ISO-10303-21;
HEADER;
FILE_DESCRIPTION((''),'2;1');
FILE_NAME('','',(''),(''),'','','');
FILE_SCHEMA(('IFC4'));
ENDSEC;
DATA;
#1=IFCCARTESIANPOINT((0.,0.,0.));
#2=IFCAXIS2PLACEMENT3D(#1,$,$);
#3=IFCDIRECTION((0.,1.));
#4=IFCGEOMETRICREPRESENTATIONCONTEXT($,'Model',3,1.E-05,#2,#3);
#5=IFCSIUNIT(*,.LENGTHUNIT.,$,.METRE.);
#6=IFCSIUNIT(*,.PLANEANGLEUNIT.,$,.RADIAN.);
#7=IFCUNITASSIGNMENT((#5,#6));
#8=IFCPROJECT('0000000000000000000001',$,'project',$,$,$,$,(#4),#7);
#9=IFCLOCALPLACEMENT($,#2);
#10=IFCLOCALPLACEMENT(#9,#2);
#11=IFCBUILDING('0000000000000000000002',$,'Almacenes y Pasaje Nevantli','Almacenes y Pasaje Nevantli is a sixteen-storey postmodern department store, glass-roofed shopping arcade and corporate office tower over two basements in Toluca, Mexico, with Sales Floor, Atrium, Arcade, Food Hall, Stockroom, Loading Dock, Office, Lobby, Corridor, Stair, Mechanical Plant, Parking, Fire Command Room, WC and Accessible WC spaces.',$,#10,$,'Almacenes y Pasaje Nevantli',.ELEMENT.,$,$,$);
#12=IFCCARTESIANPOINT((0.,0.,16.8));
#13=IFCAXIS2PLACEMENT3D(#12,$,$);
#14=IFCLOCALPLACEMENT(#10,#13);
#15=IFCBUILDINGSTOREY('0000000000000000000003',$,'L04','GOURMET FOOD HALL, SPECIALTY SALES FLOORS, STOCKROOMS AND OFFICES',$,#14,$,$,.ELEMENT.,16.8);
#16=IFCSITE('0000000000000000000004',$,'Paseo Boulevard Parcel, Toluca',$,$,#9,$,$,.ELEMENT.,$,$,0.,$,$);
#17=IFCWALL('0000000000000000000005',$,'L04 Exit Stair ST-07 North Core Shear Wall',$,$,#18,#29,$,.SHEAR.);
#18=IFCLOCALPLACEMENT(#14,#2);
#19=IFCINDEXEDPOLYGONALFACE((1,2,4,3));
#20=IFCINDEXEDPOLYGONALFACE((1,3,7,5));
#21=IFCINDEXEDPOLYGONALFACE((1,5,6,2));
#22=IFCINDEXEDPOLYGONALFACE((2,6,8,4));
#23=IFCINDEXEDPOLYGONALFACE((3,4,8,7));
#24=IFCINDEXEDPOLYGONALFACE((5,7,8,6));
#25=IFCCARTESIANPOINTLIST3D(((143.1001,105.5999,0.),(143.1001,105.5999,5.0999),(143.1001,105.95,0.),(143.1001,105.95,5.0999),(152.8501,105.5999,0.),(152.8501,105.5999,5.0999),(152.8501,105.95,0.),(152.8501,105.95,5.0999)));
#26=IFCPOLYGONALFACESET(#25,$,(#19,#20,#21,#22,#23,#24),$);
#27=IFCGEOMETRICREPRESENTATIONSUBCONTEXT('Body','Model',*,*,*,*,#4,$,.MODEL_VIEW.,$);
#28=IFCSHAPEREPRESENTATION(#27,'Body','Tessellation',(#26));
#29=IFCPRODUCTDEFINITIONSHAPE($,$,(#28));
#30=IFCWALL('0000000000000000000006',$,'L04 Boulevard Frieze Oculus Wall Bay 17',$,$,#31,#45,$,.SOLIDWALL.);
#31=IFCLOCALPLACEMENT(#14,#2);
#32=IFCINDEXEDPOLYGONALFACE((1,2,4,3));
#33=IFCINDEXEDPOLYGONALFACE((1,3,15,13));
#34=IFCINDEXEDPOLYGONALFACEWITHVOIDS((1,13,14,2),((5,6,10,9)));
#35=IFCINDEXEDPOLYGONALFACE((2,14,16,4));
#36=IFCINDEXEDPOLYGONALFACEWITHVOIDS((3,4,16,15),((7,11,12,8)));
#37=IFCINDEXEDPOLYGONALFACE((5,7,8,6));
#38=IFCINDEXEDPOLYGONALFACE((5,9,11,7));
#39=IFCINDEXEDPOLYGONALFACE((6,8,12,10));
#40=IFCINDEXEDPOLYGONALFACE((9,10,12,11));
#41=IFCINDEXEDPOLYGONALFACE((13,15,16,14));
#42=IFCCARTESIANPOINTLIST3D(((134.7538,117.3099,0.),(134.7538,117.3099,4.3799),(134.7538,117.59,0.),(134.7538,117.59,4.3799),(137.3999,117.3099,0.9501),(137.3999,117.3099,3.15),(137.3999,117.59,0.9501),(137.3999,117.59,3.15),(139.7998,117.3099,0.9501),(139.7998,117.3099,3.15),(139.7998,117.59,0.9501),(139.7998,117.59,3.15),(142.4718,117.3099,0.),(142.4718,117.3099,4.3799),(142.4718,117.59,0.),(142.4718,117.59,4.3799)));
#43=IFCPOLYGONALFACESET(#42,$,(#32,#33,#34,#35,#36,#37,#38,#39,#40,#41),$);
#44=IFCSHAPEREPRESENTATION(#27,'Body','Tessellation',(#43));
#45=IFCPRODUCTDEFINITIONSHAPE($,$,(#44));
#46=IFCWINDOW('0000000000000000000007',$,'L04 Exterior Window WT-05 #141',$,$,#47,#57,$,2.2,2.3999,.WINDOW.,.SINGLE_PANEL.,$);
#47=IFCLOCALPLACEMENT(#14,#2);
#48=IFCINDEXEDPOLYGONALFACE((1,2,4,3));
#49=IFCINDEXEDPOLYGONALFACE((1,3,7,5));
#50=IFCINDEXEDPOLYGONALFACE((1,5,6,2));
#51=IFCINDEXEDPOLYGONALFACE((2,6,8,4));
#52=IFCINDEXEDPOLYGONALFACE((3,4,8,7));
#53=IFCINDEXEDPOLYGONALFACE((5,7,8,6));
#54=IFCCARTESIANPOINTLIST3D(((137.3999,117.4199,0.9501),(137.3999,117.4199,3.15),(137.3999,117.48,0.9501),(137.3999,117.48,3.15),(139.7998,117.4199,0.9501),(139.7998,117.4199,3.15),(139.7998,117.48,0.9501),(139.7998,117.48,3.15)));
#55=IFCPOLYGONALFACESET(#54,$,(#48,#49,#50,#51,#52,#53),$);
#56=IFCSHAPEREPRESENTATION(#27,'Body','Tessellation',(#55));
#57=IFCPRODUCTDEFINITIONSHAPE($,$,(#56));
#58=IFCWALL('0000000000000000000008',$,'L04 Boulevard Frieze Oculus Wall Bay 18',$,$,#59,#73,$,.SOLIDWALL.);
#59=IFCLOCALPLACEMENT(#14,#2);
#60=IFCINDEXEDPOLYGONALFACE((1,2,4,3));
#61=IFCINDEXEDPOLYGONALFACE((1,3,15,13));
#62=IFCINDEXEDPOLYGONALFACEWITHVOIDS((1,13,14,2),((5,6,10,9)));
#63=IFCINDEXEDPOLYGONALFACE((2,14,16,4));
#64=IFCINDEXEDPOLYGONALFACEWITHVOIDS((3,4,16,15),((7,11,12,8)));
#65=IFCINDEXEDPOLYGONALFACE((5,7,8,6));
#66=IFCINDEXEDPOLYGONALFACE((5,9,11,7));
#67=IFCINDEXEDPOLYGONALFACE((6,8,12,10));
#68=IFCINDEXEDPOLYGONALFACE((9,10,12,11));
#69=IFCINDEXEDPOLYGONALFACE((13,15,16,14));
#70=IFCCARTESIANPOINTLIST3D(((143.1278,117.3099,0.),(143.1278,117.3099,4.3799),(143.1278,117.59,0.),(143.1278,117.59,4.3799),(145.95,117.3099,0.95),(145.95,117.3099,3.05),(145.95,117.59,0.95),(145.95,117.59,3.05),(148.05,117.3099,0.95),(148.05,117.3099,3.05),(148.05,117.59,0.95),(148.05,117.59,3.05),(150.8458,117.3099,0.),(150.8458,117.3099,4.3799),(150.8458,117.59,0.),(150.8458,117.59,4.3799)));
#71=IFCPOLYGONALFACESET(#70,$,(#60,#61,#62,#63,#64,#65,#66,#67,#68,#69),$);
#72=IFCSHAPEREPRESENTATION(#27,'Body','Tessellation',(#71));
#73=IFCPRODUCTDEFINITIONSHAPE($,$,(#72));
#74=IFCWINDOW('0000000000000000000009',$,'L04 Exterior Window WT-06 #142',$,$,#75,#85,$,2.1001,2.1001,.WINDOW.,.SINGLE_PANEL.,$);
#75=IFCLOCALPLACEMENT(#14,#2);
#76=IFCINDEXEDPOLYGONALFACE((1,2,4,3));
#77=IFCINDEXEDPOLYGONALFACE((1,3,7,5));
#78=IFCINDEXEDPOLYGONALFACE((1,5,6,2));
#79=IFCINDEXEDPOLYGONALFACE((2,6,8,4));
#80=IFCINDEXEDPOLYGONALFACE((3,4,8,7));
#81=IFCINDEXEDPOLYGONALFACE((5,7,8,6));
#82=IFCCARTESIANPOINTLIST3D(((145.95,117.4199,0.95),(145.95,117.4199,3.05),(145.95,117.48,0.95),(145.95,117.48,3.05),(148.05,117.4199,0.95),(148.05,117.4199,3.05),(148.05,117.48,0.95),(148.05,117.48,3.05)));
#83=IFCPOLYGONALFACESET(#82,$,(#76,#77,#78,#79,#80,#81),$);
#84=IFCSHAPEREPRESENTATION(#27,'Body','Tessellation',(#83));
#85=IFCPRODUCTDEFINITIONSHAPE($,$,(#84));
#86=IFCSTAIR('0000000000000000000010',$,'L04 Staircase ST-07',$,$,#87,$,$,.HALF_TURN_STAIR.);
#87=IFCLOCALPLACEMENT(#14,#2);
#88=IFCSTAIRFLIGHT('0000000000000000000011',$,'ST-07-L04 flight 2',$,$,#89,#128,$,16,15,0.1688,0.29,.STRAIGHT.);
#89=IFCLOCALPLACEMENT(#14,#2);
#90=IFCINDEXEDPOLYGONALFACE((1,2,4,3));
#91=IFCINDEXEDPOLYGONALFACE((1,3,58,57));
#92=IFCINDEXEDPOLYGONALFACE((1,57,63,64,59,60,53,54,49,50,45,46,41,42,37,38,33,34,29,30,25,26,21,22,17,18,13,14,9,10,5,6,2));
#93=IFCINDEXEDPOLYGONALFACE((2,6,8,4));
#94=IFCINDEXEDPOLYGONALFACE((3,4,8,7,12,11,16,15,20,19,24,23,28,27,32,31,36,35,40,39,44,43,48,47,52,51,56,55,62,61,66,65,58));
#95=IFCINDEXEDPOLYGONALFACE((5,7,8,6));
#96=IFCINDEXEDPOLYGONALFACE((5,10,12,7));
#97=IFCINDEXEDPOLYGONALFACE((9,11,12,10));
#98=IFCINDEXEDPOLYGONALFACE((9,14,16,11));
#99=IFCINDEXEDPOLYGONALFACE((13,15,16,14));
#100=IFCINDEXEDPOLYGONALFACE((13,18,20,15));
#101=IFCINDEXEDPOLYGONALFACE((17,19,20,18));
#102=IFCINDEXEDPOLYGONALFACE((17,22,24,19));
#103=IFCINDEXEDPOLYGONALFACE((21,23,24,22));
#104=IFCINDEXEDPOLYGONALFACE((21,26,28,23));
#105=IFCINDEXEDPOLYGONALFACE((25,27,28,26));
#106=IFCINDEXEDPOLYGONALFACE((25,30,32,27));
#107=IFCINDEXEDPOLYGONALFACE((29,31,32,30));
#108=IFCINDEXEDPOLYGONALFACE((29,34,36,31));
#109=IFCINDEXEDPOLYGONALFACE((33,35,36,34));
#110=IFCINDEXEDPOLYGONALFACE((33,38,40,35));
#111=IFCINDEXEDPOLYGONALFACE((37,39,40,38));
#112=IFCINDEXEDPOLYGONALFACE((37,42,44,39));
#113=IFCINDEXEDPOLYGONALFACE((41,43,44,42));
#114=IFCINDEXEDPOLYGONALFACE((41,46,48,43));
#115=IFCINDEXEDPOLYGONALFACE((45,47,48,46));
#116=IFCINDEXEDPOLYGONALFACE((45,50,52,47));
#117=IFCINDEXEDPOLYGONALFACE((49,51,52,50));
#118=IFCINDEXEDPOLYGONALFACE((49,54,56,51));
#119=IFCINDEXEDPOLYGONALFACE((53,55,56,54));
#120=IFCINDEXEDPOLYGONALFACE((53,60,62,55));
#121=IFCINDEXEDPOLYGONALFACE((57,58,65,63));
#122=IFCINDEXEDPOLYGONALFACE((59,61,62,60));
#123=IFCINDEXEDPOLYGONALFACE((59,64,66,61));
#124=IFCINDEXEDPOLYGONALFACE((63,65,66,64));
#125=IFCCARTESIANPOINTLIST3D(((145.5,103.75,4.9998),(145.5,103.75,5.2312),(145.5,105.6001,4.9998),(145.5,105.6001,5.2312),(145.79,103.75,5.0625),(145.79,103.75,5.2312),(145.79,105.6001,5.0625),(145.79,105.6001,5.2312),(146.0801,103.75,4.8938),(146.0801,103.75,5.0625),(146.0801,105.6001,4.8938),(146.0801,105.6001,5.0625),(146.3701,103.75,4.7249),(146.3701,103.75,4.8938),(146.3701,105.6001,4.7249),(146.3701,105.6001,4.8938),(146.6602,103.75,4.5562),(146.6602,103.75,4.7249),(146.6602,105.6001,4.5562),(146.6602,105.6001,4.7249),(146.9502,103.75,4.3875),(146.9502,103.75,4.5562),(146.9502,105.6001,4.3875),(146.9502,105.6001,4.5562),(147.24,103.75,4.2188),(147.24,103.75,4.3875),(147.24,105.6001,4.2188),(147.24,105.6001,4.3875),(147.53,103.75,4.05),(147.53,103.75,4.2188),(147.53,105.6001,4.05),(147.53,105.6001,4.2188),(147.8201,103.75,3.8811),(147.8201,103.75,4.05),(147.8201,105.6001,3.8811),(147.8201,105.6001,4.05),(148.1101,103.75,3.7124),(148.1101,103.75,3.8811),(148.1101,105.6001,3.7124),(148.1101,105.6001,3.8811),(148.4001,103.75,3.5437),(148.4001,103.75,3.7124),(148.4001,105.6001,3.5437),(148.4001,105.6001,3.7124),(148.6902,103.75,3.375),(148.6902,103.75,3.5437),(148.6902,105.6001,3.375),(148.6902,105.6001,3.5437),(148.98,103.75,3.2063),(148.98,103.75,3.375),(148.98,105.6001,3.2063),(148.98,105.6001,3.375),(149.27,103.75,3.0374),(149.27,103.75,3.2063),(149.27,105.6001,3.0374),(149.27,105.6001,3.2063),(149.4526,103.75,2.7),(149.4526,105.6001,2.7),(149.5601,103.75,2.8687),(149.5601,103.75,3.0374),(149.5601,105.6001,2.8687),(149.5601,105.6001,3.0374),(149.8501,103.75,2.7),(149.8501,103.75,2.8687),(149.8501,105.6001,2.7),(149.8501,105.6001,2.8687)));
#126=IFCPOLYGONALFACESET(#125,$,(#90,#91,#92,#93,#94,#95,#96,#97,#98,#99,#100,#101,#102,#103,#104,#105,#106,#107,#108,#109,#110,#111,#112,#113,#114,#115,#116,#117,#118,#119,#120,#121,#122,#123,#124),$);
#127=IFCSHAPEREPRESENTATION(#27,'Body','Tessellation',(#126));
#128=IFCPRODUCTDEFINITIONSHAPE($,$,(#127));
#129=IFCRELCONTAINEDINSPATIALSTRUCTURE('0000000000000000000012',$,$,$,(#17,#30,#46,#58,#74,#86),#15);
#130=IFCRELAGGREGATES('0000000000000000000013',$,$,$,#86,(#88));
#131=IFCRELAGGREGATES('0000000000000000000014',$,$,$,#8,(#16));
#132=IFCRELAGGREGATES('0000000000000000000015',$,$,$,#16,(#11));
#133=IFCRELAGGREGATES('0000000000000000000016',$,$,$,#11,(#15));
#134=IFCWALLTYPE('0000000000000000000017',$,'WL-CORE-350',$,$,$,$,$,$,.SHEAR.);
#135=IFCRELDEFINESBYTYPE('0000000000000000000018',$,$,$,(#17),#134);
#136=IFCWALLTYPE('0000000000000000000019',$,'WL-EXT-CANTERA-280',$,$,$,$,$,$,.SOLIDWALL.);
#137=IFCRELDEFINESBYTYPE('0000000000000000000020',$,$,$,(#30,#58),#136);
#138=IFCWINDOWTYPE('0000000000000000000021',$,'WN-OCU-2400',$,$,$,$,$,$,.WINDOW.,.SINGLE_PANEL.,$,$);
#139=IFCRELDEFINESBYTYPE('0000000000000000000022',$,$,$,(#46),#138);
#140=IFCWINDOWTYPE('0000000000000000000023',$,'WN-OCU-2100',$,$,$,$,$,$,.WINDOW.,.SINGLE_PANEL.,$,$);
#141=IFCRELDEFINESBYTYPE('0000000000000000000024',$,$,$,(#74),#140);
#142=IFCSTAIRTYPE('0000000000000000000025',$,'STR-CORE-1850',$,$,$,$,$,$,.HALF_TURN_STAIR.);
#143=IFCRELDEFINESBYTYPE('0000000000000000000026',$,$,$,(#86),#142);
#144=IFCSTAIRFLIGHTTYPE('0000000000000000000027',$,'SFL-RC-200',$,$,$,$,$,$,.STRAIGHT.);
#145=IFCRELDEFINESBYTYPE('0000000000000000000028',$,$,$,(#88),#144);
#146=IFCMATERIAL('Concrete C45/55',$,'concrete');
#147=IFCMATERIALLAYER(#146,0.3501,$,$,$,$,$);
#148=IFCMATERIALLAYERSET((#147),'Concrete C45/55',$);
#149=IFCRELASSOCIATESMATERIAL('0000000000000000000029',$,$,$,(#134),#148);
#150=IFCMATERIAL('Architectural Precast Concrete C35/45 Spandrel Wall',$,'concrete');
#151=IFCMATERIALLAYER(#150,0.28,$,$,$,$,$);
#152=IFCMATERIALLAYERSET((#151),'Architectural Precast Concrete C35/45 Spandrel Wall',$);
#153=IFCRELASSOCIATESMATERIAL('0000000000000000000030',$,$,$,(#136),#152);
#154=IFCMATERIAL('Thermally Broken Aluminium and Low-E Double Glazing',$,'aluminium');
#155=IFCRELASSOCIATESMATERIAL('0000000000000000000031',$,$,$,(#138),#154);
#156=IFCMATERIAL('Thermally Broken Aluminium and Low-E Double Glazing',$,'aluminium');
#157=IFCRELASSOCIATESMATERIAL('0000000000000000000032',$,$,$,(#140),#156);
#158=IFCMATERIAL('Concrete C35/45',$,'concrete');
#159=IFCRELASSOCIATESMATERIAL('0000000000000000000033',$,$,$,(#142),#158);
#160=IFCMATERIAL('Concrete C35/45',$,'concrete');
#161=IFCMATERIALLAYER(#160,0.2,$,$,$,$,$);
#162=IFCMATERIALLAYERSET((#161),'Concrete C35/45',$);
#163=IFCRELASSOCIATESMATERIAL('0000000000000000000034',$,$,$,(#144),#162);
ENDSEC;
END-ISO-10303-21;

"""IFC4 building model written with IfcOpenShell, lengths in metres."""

from ifc_helpers import new_model, si_unit, direction, frame, frame_2d, origin, place, context, subcontext, project, spatial, polyline, rectangle, outline, extrude, material, layer, layer_set, type_object, element, fill, aggregate, save


model = new_model("IFC4")

# Units and contexts
model_context = context("Model", 3, precision=1e-05, world=origin(), true_north=direction((0.0, 1.0)))
body_context = subcontext(model_context, "Body", "Model", "MODEL_VIEW")
ifc_project = project(units=[si_unit("LENGTHUNIT", "METRE"), si_unit("PLANEANGLEUNIT", "RADIAN")], contexts=[model_context])

# Site, building, storey
site_placement = place(None, origin())
site = spatial("IfcSite", under=ifc_project, at=site_placement, Name="Paseo Boulevard Parcel, Toluca", CompositionType="ELEMENT", RefElevation=0.0)
building_placement = place(site_placement, origin())
building = spatial("IfcBuilding", under=site, at=building_placement, Name="Almacenes y Pasaje Nevantli", Description="Almacenes y Pasaje Nevantli is a sixteen-storey postmodern department store, glass-roofed shopping arcade and corporate office tower over two basements in Toluca, Mexico, with Sales Floor, Atrium, Arcade, Food Hall, Stockroom, Loading Dock, Office, Lobby, Corridor, Stair, Mechanical Plant, Parking, Fire Command Room, WC and Accessible WC spaces.", LongName="Almacenes y Pasaje Nevantli", CompositionType="ELEMENT")
storey_placement = place(building_placement, frame((0.0, 0.0, 16.8)))
storey = spatial("IfcBuildingStorey", under=building, at=storey_placement, Name="L04", Description="GOURMET FOOD HALL, SPECIALTY SALES FLOORS, STOCKROOMS AND OFFICES", CompositionType="ELEMENT", Elevation=16.8)

# Wall
ifc_material_1 = material(Name="Concrete C45/55", Category="concrete")
ifc_layer_1 = layer(ifc_material_1, 0.3501)
ifc_layer_set_1 = layer_set([ifc_layer_1], Name="Concrete C45/55")
wall_type_1 = type_object("IfcWallType", Name="WL-CORE-350", PredefinedType="SHEAR", material=ifc_layer_set_1)
wall_1_placement = place(storey_placement, frame((143.1001, 105.7749, 0.0), z_axis=(0.0, 0.0, 1.0), x_axis=(1.0, 0.0, 0.0)))
element("IfcWall", 1, at=wall_1_placement, inside=storey, type_object=wall_type_1, Name="L04 Exit Stair ST-07 North Core Shear Wall", PredefinedType="SHEAR", context=body_context, shape_type="SweptSolid", body=[
    extrude(rectangle(XDim=9.75, YDim=0.3501, at=frame_2d((4.875, 0.0))), origin(), (0.0, 0.0, 1.0), 5.0999),
])

# Walls, openings, windows
ifc_material_2 = material(Name="Architectural Precast Concrete C35/45 Spandrel Wall", Category="concrete")
ifc_layer_2 = layer(ifc_material_2, 0.28)
ifc_layer_set_2 = layer_set([ifc_layer_2], Name="Architectural Precast Concrete C35/45 Spandrel Wall")
wall_type_2 = type_object("IfcWallType", Name="WL-EXT-CANTERA-280", PredefinedType="SOLIDWALL", material=ifc_layer_set_2)
wall_2_placement = place(storey_placement, frame((134.7539, 117.45, 0.0), z_axis=(0.0, 0.0, 1.0), x_axis=(1.0, 0.0, 0.0)))
wall_2 = element("IfcWall", 2, at=wall_2_placement, inside=storey, type_object=wall_type_2, Name="L04 Boulevard Frieze Oculus Wall Bay 17", PredefinedType="SOLIDWALL", context=body_context, shape_type="SweptSolid", body=[
    extrude(rectangle(XDim=7.718, YDim=0.28, at=frame_2d((3.8589, 0.0))), origin(), (0.0, 0.0, 1.0), 4.3799),
])
opening_1_placement = place(wall_2_placement, frame((2.646, 0.0, 0.95)))
opening_1 = element("IfcOpeningElement", 3, at=opening_1_placement, cuts=wall_2, PredefinedType="OPENING", context=body_context, shape_type="SweptSolid", body=[
    extrude(rectangle(XDim=2.3999, YDim=2.2, at=frame_2d((1.2, 1.1001))), frame((0.0, 0.1499, 0.0), z_axis=(0.0, -1.0, 0.0), x_axis=(1.0, 0.0, 0.0)), (0.0, 0.0, 1.0), 0.3),
])
ifc_material_3 = material(Name="Thermally Broken Aluminium and Low-E Double Glazing", Category="aluminium")
window_type_1 = type_object("IfcWindowType", Name="WN-OCU-2400", PartitioningType="SINGLE_PANEL", PredefinedType="WINDOW", material=ifc_material_3)
window_1_placement = place(opening_1_placement, origin())
window_1 = element("IfcWindow", 4, at=window_1_placement, inside=storey, type_object=window_type_1, Name="L04 Exterior Window WT-05 #141", OverallHeight=2.2, OverallWidth=2.3999, PartitioningType="SINGLE_PANEL", PredefinedType="WINDOW", context=body_context, shape_type="SweptSolid", body=[
    extrude(rectangle(XDim=2.3999, YDim=2.2, at=frame_2d((1.2, 1.1001))), frame((0.0, 0.03, 0.0), z_axis=(0.0, -1.0, 0.0), x_axis=(1.0, 0.0, 0.0)), (0.0, 0.0, 1.0), 0.0601),
])
fill(opening_1, window_1)
wall_3_placement = place(storey_placement, frame((143.1279, 117.45, 0.0), z_axis=(0.0, 0.0, 1.0), x_axis=(1.0, 0.0, 0.0)))
wall_3 = element("IfcWall", 5, at=wall_3_placement, inside=storey, type_object=wall_type_2, Name="L04 Boulevard Frieze Oculus Wall Bay 18", PredefinedType="SOLIDWALL", context=body_context, shape_type="SweptSolid", body=[
    extrude(rectangle(XDim=7.718, YDim=0.28, at=frame_2d((3.8589, 0.0))), origin(), (0.0, 0.0, 1.0), 4.3799),
])
opening_2_placement = place(wall_3_placement, frame((2.822, 0.0, 0.95)))
opening_2 = element("IfcOpeningElement", 6, at=opening_2_placement, cuts=wall_3, PredefinedType="OPENING", context=body_context, shape_type="SweptSolid", body=[
    extrude(rectangle(XDim=2.1001, YDim=2.1001, at=frame_2d((1.05, 1.05))), frame((0.0, 0.1499, 0.0), z_axis=(0.0, -1.0, 0.0), x_axis=(1.0, 0.0, 0.0)), (0.0, 0.0, 1.0), 0.3),
])
ifc_material_4 = material(Name="Thermally Broken Aluminium and Low-E Double Glazing", Category="aluminium")
window_type_2 = type_object("IfcWindowType", Name="WN-OCU-2100", PartitioningType="SINGLE_PANEL", PredefinedType="WINDOW", material=ifc_material_4)
window_2_placement = place(opening_2_placement, origin())
window_2 = element("IfcWindow", 7, at=window_2_placement, inside=storey, type_object=window_type_2, Name="L04 Exterior Window WT-06 #142", OverallHeight=2.1001, OverallWidth=2.1001, PartitioningType="SINGLE_PANEL", PredefinedType="WINDOW", context=body_context, shape_type="SweptSolid", body=[
    extrude(rectangle(XDim=2.1001, YDim=2.1001, at=frame_2d((1.05, 1.05))), frame((0.0, 0.03, 0.0), z_axis=(0.0, -1.0, 0.0), x_axis=(1.0, 0.0, 0.0)), (0.0, 0.0, 1.0), 0.0601),
])
fill(opening_2, window_2)

# Stair, stair flight
ifc_material_5 = material(Name="Concrete C35/45", Category="concrete")
stair_type = type_object("IfcStairType", Name="STR-CORE-1850", PredefinedType="HALF_TURN_STAIR", material=ifc_material_5)
stair_placement = place(storey_placement, origin())
stair = element("IfcStair", 8, at=stair_placement, inside=storey, type_object=stair_type, Name="L04 Staircase ST-07", PredefinedType="HALF_TURN_STAIR")
ifc_material_6 = material(Name="Concrete C35/45", Category="concrete")
ifc_layer_3 = layer(ifc_material_6, 0.2)
ifc_layer_set_3 = layer_set([ifc_layer_3], Name="Concrete C35/45")
stair_flight_type = type_object("IfcStairFlightType", Name="SFL-RC-200", PredefinedType="STRAIGHT", material=ifc_layer_set_3)
stair_flight_placement = place(storey_placement, frame((149.8501, 104.675, 2.7), z_axis=(0.0, 0.0, 1.0), x_axis=(-1.0, 0.0, 0.0)))
stair_flight = element("IfcStairFlight", 9, at=stair_flight_placement, type_object=stair_flight_type, Name="ST-07-L04 flight 2", NumberOfRisers=16, NumberOfTreads=15, PredefinedType="STRAIGHT", RiserHeight=0.1688, TreadLength=0.29, context=body_context, shape_type="SweptSolid", body=[
    extrude(outline(polyline([(0.0, 0.0), (0.0, 0.1687), (0.29, 0.1687), (0.29, 0.3374), (0.5801, 0.3374), (0.5801, 0.5063), (0.8701, 0.5063), (0.8701, 0.675), (1.1599, 0.675), (1.1599, 0.8438), (1.45, 0.8438), (1.45, 1.0125), (1.74, 1.0125), (1.74, 1.1812), (2.03, 1.1812), (2.03, 1.3501), (2.3201, 1.3501), (2.3201, 1.5188), (2.6101, 1.5188), (2.6101, 1.6875), (2.8999, 1.6875), (2.8999, 1.8562), (3.1899, 1.8562), (3.1899, 2.0249), (3.48, 2.0249), (3.48, 2.1938), (3.77, 2.1938), (3.77, 2.3625), (4.0601, 2.3625), (4.0601, 2.5312), (4.3501, 2.5312), (4.3501, 2.7), (4.3501, 2.2998), (0.3975, 0.0), (0.0, 0.0)])), frame((0.0, 0.925, 0.0), z_axis=(0.0, -1.0, 0.0), x_axis=(1.0, 0.0, 0.0)), (0.0, 0.0, 1.0), 1.8501),
])
aggregate(stair, [stair_flight])

save(model, "model.ifc")
